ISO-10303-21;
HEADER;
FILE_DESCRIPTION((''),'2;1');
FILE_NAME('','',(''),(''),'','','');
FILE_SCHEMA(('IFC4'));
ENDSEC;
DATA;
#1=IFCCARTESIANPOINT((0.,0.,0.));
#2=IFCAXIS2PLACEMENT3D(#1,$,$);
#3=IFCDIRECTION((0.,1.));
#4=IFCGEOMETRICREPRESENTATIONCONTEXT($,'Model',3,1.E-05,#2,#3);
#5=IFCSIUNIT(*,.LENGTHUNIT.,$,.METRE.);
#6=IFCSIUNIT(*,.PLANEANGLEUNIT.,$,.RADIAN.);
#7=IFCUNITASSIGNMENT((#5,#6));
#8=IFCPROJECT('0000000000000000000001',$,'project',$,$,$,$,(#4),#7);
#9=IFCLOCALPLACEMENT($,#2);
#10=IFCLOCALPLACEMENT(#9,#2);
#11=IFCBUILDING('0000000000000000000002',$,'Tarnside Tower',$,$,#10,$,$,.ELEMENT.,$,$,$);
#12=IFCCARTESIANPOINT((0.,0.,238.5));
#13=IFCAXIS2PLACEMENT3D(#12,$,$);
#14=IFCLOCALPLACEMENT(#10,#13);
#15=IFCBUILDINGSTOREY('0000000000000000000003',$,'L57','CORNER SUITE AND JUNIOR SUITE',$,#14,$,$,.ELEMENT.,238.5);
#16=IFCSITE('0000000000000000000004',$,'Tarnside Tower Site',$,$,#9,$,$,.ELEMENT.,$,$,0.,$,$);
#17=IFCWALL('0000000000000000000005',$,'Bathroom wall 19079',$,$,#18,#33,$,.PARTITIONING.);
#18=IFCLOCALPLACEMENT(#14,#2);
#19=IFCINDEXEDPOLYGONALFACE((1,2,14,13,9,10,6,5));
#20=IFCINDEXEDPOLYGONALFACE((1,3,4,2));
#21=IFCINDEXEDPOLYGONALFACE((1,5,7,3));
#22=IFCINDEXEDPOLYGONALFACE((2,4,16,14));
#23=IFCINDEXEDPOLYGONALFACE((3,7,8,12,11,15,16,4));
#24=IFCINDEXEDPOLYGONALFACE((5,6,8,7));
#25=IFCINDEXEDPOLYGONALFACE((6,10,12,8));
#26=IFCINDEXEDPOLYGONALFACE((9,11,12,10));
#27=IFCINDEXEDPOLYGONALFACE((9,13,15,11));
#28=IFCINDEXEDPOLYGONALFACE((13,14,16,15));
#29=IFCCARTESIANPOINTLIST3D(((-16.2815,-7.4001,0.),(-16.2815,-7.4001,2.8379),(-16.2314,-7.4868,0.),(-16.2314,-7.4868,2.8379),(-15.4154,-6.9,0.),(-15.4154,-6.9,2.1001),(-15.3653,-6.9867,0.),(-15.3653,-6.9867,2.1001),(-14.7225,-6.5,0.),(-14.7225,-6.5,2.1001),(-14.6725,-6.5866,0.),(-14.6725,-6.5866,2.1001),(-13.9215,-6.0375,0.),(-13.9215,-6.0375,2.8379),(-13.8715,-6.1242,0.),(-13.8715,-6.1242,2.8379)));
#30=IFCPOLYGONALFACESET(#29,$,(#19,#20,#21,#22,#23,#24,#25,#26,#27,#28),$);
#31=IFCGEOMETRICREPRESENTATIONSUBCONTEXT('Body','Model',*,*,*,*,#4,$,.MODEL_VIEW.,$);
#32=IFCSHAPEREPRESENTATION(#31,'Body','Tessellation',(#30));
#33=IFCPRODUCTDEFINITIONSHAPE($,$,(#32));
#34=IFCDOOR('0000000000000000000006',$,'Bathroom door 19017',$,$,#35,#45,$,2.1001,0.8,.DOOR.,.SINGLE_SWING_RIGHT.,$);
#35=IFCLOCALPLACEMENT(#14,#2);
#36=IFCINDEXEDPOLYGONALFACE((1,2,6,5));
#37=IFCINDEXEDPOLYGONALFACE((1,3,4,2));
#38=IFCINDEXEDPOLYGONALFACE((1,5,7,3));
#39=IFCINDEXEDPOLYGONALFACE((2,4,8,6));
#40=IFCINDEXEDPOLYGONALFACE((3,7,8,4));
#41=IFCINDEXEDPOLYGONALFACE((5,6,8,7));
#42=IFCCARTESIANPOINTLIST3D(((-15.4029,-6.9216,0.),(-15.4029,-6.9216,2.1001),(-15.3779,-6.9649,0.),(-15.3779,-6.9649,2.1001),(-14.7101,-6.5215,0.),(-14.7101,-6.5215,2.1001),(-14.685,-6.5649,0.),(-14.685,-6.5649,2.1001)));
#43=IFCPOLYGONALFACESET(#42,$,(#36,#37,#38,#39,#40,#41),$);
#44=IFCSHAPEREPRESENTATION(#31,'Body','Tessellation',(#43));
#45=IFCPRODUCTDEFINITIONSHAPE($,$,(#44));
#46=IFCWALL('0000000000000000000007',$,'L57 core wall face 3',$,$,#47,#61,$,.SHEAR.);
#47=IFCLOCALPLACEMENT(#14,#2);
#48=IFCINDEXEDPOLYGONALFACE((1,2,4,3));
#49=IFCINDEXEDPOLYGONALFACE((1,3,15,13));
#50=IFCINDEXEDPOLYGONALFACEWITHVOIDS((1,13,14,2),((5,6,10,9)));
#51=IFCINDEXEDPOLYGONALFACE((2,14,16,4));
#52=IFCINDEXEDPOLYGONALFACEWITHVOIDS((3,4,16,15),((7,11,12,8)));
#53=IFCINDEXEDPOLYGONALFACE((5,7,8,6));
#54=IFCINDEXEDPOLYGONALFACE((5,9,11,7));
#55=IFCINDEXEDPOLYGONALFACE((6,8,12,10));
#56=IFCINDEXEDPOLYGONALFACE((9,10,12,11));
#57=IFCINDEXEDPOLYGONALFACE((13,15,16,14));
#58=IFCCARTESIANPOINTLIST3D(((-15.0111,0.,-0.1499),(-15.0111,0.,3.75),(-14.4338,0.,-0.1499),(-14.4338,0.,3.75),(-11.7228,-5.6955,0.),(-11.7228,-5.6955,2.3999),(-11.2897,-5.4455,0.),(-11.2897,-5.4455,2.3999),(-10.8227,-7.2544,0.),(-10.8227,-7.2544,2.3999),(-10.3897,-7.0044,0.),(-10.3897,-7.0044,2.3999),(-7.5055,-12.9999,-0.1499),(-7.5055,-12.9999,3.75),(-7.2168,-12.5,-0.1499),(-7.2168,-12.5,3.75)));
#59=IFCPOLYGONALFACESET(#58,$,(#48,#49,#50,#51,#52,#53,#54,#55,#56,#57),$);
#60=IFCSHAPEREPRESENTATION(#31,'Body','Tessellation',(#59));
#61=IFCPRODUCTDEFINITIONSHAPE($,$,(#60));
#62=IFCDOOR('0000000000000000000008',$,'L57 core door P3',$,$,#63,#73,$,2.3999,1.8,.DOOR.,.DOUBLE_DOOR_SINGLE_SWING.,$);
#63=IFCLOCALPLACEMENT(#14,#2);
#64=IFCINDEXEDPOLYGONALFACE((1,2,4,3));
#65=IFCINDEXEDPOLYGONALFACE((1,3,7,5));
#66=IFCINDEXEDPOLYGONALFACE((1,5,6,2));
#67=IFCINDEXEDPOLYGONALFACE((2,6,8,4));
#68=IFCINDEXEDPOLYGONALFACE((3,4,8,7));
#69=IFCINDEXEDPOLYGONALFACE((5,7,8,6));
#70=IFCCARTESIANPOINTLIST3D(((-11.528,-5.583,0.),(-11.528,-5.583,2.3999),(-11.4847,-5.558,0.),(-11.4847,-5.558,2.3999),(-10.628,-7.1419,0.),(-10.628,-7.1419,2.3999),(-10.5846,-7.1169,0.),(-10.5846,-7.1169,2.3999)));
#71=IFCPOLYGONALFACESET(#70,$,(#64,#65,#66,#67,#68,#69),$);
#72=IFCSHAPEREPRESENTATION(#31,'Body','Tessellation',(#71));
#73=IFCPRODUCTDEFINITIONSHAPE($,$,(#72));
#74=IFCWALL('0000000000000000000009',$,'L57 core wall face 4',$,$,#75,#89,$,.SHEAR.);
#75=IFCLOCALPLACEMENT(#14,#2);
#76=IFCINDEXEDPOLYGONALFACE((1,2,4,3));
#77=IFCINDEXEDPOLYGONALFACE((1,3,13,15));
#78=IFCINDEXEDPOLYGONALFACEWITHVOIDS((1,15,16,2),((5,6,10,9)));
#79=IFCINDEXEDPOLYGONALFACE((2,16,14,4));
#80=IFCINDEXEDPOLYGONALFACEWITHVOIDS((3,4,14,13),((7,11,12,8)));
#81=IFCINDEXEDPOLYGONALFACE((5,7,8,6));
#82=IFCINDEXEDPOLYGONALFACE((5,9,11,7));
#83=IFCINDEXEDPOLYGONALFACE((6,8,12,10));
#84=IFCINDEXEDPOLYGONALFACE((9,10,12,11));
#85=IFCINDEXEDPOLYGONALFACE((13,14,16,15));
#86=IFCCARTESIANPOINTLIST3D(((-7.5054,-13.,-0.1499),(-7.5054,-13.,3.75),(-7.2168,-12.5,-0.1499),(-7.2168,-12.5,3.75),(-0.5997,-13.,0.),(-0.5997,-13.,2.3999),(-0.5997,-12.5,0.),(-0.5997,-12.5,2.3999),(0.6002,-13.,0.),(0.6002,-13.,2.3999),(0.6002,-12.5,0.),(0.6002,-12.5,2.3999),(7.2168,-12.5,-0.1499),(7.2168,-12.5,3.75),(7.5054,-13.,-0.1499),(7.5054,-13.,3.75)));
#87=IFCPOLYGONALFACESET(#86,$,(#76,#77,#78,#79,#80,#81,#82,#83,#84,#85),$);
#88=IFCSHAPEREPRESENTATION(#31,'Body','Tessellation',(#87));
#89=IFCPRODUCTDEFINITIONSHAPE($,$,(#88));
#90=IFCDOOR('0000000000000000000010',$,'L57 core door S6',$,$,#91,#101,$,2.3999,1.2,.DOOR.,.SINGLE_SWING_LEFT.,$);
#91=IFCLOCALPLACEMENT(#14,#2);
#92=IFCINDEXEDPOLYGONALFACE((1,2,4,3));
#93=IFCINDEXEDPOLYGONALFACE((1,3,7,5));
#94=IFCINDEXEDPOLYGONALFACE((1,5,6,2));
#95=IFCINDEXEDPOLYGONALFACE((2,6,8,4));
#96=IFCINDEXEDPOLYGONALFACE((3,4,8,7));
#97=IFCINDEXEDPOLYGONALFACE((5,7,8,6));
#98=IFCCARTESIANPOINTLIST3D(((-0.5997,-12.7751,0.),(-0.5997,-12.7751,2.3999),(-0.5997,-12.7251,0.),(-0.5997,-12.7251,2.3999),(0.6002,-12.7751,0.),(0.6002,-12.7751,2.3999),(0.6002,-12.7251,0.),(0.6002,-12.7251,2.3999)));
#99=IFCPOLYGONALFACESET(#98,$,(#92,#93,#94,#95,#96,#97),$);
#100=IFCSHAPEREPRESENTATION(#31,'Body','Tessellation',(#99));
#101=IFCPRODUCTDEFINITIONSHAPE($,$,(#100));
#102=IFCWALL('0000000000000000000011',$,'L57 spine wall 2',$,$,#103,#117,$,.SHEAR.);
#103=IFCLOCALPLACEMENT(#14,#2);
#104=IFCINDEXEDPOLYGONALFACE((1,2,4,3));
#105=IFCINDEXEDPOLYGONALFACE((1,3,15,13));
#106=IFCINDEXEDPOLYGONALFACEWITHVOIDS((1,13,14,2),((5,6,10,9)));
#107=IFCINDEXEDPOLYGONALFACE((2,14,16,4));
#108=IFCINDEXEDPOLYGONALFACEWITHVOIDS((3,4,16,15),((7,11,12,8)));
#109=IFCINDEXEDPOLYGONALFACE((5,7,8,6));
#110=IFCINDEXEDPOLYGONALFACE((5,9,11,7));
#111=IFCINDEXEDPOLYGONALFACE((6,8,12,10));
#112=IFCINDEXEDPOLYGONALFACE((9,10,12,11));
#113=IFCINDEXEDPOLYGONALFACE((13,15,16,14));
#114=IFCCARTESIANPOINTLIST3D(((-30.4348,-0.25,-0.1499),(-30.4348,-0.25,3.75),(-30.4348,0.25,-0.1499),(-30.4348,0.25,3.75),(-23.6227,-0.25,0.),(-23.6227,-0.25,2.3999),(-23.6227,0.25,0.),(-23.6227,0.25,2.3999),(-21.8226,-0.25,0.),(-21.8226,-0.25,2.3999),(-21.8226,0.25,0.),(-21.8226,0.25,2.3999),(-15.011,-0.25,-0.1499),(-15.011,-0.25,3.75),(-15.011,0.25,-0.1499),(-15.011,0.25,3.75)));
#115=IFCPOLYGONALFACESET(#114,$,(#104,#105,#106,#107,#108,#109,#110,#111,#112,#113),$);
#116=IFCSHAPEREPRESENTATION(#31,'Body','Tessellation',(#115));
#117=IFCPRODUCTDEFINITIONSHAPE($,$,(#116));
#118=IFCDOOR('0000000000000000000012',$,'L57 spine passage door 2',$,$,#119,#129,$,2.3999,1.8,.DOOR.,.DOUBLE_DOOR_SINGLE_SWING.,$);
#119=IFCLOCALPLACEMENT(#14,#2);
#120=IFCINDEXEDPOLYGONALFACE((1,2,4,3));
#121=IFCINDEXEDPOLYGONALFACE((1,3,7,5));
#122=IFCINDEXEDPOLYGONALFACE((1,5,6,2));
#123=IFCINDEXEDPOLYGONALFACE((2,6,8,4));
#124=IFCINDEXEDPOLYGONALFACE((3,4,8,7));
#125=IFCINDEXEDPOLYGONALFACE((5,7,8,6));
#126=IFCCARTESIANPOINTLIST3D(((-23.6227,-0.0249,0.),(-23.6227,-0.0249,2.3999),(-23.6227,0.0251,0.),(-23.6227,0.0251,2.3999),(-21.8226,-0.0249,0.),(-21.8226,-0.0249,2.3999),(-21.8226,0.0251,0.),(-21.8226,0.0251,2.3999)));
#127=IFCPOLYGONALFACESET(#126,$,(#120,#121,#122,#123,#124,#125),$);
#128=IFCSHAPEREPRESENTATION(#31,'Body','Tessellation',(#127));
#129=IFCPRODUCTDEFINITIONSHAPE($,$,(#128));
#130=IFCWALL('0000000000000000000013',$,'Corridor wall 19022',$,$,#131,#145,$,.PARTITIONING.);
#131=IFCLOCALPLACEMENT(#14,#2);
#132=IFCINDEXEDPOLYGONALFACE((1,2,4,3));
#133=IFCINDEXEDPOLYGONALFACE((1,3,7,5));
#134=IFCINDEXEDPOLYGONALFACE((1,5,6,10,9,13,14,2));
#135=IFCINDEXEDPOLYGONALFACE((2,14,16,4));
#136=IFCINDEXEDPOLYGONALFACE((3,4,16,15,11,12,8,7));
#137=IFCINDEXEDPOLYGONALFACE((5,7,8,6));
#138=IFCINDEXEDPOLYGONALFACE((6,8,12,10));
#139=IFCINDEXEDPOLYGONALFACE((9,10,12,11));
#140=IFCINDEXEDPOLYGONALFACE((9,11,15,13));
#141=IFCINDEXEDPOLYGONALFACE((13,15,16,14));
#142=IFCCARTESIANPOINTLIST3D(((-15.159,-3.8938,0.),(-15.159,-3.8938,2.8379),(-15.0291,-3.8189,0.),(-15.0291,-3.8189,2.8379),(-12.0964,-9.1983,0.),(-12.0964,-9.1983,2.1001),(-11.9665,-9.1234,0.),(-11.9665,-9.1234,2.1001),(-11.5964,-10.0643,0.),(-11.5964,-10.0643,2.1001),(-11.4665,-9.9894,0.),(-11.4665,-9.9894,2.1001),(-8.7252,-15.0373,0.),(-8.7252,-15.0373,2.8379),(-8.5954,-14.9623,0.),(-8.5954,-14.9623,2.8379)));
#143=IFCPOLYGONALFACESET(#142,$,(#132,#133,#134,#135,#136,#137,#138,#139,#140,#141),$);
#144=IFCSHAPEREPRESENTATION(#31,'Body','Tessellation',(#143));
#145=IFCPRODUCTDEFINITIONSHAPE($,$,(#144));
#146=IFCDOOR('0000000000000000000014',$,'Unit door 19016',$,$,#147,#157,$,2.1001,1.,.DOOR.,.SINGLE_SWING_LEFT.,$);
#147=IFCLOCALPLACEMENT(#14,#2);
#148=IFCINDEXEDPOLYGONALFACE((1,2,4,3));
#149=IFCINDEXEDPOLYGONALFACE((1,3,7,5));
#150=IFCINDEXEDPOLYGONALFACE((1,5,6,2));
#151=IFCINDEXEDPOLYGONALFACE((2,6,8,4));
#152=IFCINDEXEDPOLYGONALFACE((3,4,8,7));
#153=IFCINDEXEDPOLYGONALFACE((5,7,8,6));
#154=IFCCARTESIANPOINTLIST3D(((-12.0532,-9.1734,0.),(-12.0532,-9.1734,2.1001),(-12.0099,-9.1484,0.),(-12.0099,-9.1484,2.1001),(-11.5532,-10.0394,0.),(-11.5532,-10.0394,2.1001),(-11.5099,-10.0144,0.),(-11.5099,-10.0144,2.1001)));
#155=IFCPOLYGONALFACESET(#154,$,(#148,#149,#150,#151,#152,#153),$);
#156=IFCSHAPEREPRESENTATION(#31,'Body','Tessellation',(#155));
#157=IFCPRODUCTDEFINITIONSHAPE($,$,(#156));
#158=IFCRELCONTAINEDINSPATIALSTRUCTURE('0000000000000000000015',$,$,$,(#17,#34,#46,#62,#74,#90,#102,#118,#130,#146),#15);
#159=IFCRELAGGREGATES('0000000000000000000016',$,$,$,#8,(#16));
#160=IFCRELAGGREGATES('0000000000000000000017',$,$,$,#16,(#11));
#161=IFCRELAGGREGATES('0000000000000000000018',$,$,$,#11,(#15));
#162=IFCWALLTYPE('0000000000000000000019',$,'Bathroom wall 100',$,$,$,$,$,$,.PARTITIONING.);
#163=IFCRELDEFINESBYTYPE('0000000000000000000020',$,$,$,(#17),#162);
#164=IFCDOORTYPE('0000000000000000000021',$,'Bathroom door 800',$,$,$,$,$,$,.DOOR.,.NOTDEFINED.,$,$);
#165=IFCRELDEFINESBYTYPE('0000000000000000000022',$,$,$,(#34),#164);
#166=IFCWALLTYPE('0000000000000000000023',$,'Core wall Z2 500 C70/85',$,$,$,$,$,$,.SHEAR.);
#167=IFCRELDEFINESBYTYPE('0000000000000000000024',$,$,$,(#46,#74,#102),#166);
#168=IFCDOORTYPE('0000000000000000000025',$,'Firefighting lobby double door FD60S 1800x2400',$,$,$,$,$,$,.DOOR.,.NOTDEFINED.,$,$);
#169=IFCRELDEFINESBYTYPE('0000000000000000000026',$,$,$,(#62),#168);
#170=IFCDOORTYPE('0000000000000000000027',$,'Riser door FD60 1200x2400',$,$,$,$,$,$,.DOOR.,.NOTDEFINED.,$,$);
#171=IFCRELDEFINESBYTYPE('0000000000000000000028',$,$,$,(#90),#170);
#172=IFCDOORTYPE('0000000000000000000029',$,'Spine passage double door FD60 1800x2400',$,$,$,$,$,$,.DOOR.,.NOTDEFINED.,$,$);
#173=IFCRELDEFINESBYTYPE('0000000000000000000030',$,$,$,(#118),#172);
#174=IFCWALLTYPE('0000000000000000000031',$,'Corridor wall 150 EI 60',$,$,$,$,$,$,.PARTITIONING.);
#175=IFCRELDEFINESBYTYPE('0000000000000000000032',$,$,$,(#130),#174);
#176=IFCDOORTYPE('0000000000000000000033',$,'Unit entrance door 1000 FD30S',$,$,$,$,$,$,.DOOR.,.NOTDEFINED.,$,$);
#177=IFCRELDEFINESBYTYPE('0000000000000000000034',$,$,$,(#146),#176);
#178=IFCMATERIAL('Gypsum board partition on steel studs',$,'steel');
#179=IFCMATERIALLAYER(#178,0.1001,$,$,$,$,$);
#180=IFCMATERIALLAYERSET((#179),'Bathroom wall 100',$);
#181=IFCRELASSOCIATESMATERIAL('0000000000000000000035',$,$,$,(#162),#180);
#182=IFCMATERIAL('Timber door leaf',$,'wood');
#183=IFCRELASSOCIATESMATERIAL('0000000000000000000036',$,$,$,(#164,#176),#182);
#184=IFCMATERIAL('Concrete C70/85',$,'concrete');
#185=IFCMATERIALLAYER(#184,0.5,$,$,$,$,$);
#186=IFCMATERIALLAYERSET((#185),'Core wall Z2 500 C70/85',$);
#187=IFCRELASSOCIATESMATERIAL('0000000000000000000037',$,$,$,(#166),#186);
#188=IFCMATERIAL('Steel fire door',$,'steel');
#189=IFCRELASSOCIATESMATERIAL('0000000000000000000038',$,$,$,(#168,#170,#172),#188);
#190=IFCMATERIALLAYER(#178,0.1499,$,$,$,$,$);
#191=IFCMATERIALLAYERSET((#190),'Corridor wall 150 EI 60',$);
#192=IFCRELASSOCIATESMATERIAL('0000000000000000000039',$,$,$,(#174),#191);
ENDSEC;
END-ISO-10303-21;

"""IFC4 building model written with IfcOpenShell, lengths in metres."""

from ifc_helpers import new_model, si_unit, direction, frame, frame_2d, origin, place, context, subcontext, project, spatial, polyline, rectangle, outline, extrude, material, layer, layer_set, type_object, element, fill, save


model = new_model("IFC4")

# Units and contexts
model_context = context("Model", 3, precision=1e-05, world=origin(), true_north=direction((0.0, 1.0)))
body_context = subcontext(model_context, "Body", "Model", "MODEL_VIEW")
ifc_project = project(units=[si_unit("LENGTHUNIT", "METRE"), si_unit("PLANEANGLEUNIT", "RADIAN")], contexts=[model_context])

# Site, building, storey
site_placement = place(None, origin())
site = spatial("IfcSite", under=ifc_project, at=site_placement, Name="Tarnside Tower Site", CompositionType="ELEMENT", RefElevation=0.0)
building_placement = place(site_placement, origin())
building = spatial("IfcBuilding", under=site, at=building_placement, Name="Tarnside Tower", CompositionType="ELEMENT")
storey_placement = place(building_placement, frame((0.0, 0.0, 238.5)))
storey = spatial("IfcBuildingStorey", under=building, at=storey_placement, Name="L57", Description="CORNER SUITE AND JUNIOR SUITE", CompositionType="ELEMENT", Elevation=238.5)

# Walls, openings, doors
ifc_material_1 = material(Name="Gypsum board partition on steel studs", Category="steel")
ifc_layer_1 = layer(ifc_material_1, 0.1001)
ifc_layer_set_1 = layer_set([ifc_layer_1], Name="Bathroom wall 100")
wall_type_1 = type_object("IfcWallType", Name="Bathroom wall 100", PredefinedType="PARTITIONING", material=ifc_layer_set_1)
wall_1_placement = place(storey_placement, frame((-13.8965, -6.0808, 0.0), z_axis=(0.0, 0.0, 1.0), x_axis=(-0.866013, -0.500022, 0.0)))
wall_1 = element("IfcWall", 1, at=wall_1_placement, inside=storey, type_object=wall_type_1, Name="Bathroom wall 19079", PredefinedType="PARTITIONING", context=body_context, shape_type="SweptSolid", body=[
    extrude(rectangle(XDim=2.7251, YDim=0.1001, at=frame_2d((1.3625, 0.0))), origin(), (0.0, 0.0, 1.0), 2.8379),
])
opening_1_placement = place(wall_1_placement, frame((0.925, 0.0, 0.0)))
opening_1 = element("IfcOpeningElement", 2, at=opening_1_placement, cuts=wall_1, PredefinedType="OPENING", context=body_context, shape_type="SweptSolid", body=[
    extrude(rectangle(XDim=0.8, YDim=2.1001, at=frame_2d((0.3999, 1.05))), frame((0.0, 0.0601, 0.0), z_axis=(0.0, -1.0, 0.0), x_axis=(1.0, 0.0, 0.0)), (0.0, 0.0, 1.0), 0.1201),
])
ifc_material_2 = material(Name="Timber door leaf", Category="wood")
door_type_1 = type_object("IfcDoorType", Name="Bathroom door 800", OperationType="NOTDEFINED", PredefinedType="DOOR", material=ifc_material_2)
door_1_placement = place(opening_1_placement, origin())
door_1 = element("IfcDoor", 3, at=door_1_placement, inside=storey, type_object=door_type_1, Name="Bathroom door 19017", OperationType="SINGLE_SWING_RIGHT", OverallHeight=2.1001, OverallWidth=0.8, PredefinedType="DOOR", context=body_context, shape_type="SweptSolid", body=[
    extrude(rectangle(XDim=0.8, YDim=2.1001, at=frame_2d((0.3999, 1.05))), frame((0.0, 0.0249, 0.0), z_axis=(0.0, -1.0, 0.0), x_axis=(1.0, 0.0, 0.0)), (0.0, 0.0, 1.0), 0.05),
])
fill(opening_1, door_1)
ifc_material_3 = material(Name="Concrete C70/85", Category="concrete")
ifc_layer_2 = layer(ifc_material_3, 0.5)
ifc_layer_set_2 = layer_set([ifc_layer_2], Name="Core wall Z2 500 C70/85")
wall_type_2 = type_object("IfcWallType", Name="Core wall Z2 500 C70/85", PredefinedType="SHEAR", material=ifc_layer_set_2)
wall_2_placement = place(storey_placement, frame((-14.7224, 0.0, -0.1499), z_axis=(0.0, 0.0, 1.0), x_axis=(0.500006, -0.866022, 0.0)))
wall_2 = element("IfcWall", 4, at=wall_2_placement, inside=storey, type_object=wall_type_2, Name="L57 core wall face 3", PredefinedType="SHEAR", context=body_context, shape_type="SweptSolid", body=[
    extrude(outline(polyline([(-0.1443, -0.25), (14.8667, -0.25), (14.5781, 0.25), (0.1443, 0.25), (-0.1443, -0.25)])), origin(), (0.0, 0.0, 1.0), 3.8999),
])
opening_2_placement = place(wall_2_placement, frame((6.4324, 0.0, 0.1499)))
opening_2 = element("IfcOpeningElement", 5, at=opening_2_placement, cuts=wall_2, PredefinedType="OPENING", context=body_context, shape_type="SweptSolid", body=[
    extrude(rectangle(XDim=1.8, YDim=2.3999, at=frame_2d((0.8999, 1.2))), frame((0.0, 0.26, 0.0), z_axis=(0.0, -1.0, 0.0), x_axis=(1.0, 0.0, 0.0)), (0.0, 0.0, 1.0), 0.52),
])
ifc_material_4 = material(Name="Steel fire door", Category="steel")
door_type_2 = type_object("IfcDoorType", Name="Firefighting lobby double door FD60S 1800x2400", OperationType="NOTDEFINED", PredefinedType="DOOR", material=ifc_material_4)
door_2_placement = place(opening_2_placement, origin())
door_2 = element("IfcDoor", 6, at=door_2_placement, inside=storey, type_object=door_type_2, Name="L57 core door P3", OperationType="DOUBLE_DOOR_SINGLE_SWING", OverallHeight=2.3999, OverallWidth=1.8, PredefinedType="DOOR", context=body_context, shape_type="SweptSolid", body=[
    extrude(rectangle(XDim=1.8, YDim=2.3999, at=frame_2d((0.8999, 1.2))), frame((0.0, 0.0249, 0.0), z_axis=(0.0, -1.0, 0.0), x_axis=(1.0, 0.0, 0.0)), (0.0, 0.0, 1.0), 0.05),
])
fill(opening_2, door_2)
wall_3_placement = place(storey_placement, frame((-7.3611, -12.75, -0.1499), z_axis=(0.0, 0.0, 1.0), x_axis=(1.0, 0.0, 0.0)))
wall_3 = element("IfcWall", 7, at=wall_3_placement, inside=storey, type_object=wall_type_2, Name="L57 core wall face 4", PredefinedType="SHEAR", context=body_context, shape_type="SweptSolid", body=[
    extrude(outline(polyline([(-0.1443, -0.25), (14.8665, -0.25), (14.5779, 0.25), (0.1443, 0.25), (-0.1443, -0.25)])), origin(), (0.0, 0.0, 1.0), 3.8999),
])
opening_3_placement = place(wall_3_placement, frame((6.7612, 0.0, 0.1499)))
opening_3 = element("IfcOpeningElement", 8, at=opening_3_placement, cuts=wall_3, PredefinedType="OPENING", context=body_context, shape_type="SweptSolid", body=[
    extrude(rectangle(XDim=1.2, YDim=2.3999, at=frame_2d((0.6001, 1.2))), frame((0.0, 0.26, 0.0), z_axis=(0.0, -1.0, 0.0), x_axis=(1.0, 0.0, 0.0)), (0.0, 0.0, 1.0), 0.52),
])
door_type_3 = type_object("IfcDoorType", Name="Riser door FD60 1200x2400", OperationType="NOTDEFINED", PredefinedType="DOOR", material=ifc_material_4)
door_3_placement = place(opening_3_placement, origin())
door_3 = element("IfcDoor", 9, at=door_3_placement, inside=storey, type_object=door_type_3, Name="L57 core door S6", OperationType="SINGLE_SWING_LEFT", OverallHeight=2.3999, OverallWidth=1.2, PredefinedType="DOOR", context=body_context, shape_type="SweptSolid", body=[
    extrude(rectangle(XDim=1.2, YDim=2.3999, at=frame_2d((0.6001, 1.2))), frame((0.0, 0.0249, 0.0), z_axis=(0.0, -1.0, 0.0), x_axis=(1.0, 0.0, 0.0)), (0.0, 0.0, 1.0), 0.05),
])
fill(opening_3, door_3)
wall_4_placement = place(storey_placement, frame((-15.011, 0.0, -0.1499), z_axis=(0.0, 0.0, 1.0), x_axis=(-1.0, 0.0, 0.0)))
wall_4 = element("IfcWall", 10, at=wall_4_placement, inside=storey, type_object=wall_type_2, Name="L57 spine wall 2", PredefinedType="SHEAR", context=body_context, shape_type="SweptSolid", body=[
    extrude(rectangle(XDim=15.4238, YDim=0.5, at=frame_2d((7.7119, 0.0))), origin(), (0.0, 0.0, 1.0), 3.8999),
])
opening_4_placement = place(wall_4_placement, frame((6.8118, 0.0, 0.1499)))
opening_4 = element("IfcOpeningElement", 11, at=opening_4_placement, cuts=wall_4, PredefinedType="OPENING", context=body_context, shape_type="SweptSolid", body=[
    extrude(rectangle(XDim=1.8, YDim=2.3999, at=frame_2d((0.8999, 1.2))), frame((0.0, 0.26, 0.0), z_axis=(0.0, -1.0, 0.0), x_axis=(1.0, 0.0, 0.0)), (0.0, 0.0, 1.0), 0.52),
])
door_type_4 = type_object("IfcDoorType", Name="Spine passage double door FD60 1800x2400", OperationType="NOTDEFINED", PredefinedType="DOOR", material=ifc_material_4)
door_4_placement = place(opening_4_placement, origin())
door_4 = element("IfcDoor", 12, at=door_4_placement, inside=storey, type_object=door_type_4, Name="L57 spine passage door 2", OperationType="DOUBLE_DOOR_SINGLE_SWING", OverallHeight=2.3999, OverallWidth=1.8, PredefinedType="DOOR", context=body_context, shape_type="SweptSolid", body=[
    extrude(rectangle(XDim=1.8, YDim=2.3999, at=frame_2d((0.8999, 1.2))), frame((0.0, 0.0249, 0.0), z_axis=(0.0, -1.0, 0.0), x_axis=(1.0, 0.0, 0.0)), (0.0, 0.0, 1.0), 0.05),
])
fill(opening_4, door_4)
ifc_layer_3 = layer(ifc_material_1, 0.1499)
ifc_layer_set_3 = layer_set([ifc_layer_3], Name="Corridor wall 150 EI 60")
wall_type_3 = type_object("IfcWallType", Name="Corridor wall 150 EI 60", PredefinedType="PARTITIONING", material=ifc_layer_set_3)
wall_5_placement = place(storey_placement, frame((-15.094, -3.8564, 0.0), z_axis=(0.0, 0.0, 1.0), x_axis=(0.500006, -0.866022, 0.0)))
wall_5 = element("IfcWall", 13, at=wall_5_placement, inside=storey, type_object=wall_type_3, Name="Corridor wall 19022", PredefinedType="PARTITIONING", context=body_context, shape_type="SweptSolid", body=[
    extrude(rectangle(XDim=12.8674, YDim=0.1499, at=frame_2d((6.4336, 0.0))), origin(), (0.0, 0.0, 1.0), 2.8379),
])
opening_5_placement = place(wall_5_placement, frame((6.125, 0.0, 0.0)))
opening_5 = element("IfcOpeningElement", 14, at=opening_5_placement, cuts=wall_5, PredefinedType="OPENING", context=body_context, shape_type="SweptSolid", body=[
    extrude(rectangle(XDim=1.0, YDim=2.1001, at=frame_2d((0.5, 1.05))), frame((0.0, 0.085, 0.0), z_axis=(0.0, -1.0, 0.0), x_axis=(1.0, 0.0, 0.0)), (0.0, 0.0, 1.0), 0.1699),
])
door_type_5 = type_object("IfcDoorType", Name="Unit entrance door 1000 FD30S", OperationType="NOTDEFINED", PredefinedType="DOOR", material=ifc_material_2)
door_5_placement = place(opening_5_placement, origin())
door_5 = element("IfcDoor", 15, at=door_5_placement, inside=storey, type_object=door_type_5, Name="Unit door 19016", OperationType="SINGLE_SWING_LEFT", OverallHeight=2.1001, OverallWidth=1.0, PredefinedType="DOOR", context=body_context, shape_type="SweptSolid", body=[
    extrude(rectangle(XDim=1.0, YDim=2.1001, at=frame_2d((0.5, 1.05))), frame((0.0, 0.0249, 0.0), z_axis=(0.0, -1.0, 0.0), x_axis=(1.0, 0.0, 0.0)), (0.0, 0.0, 1.0), 0.05),
])
fill(opening_5, door_5)

save(model, "model.ifc")
